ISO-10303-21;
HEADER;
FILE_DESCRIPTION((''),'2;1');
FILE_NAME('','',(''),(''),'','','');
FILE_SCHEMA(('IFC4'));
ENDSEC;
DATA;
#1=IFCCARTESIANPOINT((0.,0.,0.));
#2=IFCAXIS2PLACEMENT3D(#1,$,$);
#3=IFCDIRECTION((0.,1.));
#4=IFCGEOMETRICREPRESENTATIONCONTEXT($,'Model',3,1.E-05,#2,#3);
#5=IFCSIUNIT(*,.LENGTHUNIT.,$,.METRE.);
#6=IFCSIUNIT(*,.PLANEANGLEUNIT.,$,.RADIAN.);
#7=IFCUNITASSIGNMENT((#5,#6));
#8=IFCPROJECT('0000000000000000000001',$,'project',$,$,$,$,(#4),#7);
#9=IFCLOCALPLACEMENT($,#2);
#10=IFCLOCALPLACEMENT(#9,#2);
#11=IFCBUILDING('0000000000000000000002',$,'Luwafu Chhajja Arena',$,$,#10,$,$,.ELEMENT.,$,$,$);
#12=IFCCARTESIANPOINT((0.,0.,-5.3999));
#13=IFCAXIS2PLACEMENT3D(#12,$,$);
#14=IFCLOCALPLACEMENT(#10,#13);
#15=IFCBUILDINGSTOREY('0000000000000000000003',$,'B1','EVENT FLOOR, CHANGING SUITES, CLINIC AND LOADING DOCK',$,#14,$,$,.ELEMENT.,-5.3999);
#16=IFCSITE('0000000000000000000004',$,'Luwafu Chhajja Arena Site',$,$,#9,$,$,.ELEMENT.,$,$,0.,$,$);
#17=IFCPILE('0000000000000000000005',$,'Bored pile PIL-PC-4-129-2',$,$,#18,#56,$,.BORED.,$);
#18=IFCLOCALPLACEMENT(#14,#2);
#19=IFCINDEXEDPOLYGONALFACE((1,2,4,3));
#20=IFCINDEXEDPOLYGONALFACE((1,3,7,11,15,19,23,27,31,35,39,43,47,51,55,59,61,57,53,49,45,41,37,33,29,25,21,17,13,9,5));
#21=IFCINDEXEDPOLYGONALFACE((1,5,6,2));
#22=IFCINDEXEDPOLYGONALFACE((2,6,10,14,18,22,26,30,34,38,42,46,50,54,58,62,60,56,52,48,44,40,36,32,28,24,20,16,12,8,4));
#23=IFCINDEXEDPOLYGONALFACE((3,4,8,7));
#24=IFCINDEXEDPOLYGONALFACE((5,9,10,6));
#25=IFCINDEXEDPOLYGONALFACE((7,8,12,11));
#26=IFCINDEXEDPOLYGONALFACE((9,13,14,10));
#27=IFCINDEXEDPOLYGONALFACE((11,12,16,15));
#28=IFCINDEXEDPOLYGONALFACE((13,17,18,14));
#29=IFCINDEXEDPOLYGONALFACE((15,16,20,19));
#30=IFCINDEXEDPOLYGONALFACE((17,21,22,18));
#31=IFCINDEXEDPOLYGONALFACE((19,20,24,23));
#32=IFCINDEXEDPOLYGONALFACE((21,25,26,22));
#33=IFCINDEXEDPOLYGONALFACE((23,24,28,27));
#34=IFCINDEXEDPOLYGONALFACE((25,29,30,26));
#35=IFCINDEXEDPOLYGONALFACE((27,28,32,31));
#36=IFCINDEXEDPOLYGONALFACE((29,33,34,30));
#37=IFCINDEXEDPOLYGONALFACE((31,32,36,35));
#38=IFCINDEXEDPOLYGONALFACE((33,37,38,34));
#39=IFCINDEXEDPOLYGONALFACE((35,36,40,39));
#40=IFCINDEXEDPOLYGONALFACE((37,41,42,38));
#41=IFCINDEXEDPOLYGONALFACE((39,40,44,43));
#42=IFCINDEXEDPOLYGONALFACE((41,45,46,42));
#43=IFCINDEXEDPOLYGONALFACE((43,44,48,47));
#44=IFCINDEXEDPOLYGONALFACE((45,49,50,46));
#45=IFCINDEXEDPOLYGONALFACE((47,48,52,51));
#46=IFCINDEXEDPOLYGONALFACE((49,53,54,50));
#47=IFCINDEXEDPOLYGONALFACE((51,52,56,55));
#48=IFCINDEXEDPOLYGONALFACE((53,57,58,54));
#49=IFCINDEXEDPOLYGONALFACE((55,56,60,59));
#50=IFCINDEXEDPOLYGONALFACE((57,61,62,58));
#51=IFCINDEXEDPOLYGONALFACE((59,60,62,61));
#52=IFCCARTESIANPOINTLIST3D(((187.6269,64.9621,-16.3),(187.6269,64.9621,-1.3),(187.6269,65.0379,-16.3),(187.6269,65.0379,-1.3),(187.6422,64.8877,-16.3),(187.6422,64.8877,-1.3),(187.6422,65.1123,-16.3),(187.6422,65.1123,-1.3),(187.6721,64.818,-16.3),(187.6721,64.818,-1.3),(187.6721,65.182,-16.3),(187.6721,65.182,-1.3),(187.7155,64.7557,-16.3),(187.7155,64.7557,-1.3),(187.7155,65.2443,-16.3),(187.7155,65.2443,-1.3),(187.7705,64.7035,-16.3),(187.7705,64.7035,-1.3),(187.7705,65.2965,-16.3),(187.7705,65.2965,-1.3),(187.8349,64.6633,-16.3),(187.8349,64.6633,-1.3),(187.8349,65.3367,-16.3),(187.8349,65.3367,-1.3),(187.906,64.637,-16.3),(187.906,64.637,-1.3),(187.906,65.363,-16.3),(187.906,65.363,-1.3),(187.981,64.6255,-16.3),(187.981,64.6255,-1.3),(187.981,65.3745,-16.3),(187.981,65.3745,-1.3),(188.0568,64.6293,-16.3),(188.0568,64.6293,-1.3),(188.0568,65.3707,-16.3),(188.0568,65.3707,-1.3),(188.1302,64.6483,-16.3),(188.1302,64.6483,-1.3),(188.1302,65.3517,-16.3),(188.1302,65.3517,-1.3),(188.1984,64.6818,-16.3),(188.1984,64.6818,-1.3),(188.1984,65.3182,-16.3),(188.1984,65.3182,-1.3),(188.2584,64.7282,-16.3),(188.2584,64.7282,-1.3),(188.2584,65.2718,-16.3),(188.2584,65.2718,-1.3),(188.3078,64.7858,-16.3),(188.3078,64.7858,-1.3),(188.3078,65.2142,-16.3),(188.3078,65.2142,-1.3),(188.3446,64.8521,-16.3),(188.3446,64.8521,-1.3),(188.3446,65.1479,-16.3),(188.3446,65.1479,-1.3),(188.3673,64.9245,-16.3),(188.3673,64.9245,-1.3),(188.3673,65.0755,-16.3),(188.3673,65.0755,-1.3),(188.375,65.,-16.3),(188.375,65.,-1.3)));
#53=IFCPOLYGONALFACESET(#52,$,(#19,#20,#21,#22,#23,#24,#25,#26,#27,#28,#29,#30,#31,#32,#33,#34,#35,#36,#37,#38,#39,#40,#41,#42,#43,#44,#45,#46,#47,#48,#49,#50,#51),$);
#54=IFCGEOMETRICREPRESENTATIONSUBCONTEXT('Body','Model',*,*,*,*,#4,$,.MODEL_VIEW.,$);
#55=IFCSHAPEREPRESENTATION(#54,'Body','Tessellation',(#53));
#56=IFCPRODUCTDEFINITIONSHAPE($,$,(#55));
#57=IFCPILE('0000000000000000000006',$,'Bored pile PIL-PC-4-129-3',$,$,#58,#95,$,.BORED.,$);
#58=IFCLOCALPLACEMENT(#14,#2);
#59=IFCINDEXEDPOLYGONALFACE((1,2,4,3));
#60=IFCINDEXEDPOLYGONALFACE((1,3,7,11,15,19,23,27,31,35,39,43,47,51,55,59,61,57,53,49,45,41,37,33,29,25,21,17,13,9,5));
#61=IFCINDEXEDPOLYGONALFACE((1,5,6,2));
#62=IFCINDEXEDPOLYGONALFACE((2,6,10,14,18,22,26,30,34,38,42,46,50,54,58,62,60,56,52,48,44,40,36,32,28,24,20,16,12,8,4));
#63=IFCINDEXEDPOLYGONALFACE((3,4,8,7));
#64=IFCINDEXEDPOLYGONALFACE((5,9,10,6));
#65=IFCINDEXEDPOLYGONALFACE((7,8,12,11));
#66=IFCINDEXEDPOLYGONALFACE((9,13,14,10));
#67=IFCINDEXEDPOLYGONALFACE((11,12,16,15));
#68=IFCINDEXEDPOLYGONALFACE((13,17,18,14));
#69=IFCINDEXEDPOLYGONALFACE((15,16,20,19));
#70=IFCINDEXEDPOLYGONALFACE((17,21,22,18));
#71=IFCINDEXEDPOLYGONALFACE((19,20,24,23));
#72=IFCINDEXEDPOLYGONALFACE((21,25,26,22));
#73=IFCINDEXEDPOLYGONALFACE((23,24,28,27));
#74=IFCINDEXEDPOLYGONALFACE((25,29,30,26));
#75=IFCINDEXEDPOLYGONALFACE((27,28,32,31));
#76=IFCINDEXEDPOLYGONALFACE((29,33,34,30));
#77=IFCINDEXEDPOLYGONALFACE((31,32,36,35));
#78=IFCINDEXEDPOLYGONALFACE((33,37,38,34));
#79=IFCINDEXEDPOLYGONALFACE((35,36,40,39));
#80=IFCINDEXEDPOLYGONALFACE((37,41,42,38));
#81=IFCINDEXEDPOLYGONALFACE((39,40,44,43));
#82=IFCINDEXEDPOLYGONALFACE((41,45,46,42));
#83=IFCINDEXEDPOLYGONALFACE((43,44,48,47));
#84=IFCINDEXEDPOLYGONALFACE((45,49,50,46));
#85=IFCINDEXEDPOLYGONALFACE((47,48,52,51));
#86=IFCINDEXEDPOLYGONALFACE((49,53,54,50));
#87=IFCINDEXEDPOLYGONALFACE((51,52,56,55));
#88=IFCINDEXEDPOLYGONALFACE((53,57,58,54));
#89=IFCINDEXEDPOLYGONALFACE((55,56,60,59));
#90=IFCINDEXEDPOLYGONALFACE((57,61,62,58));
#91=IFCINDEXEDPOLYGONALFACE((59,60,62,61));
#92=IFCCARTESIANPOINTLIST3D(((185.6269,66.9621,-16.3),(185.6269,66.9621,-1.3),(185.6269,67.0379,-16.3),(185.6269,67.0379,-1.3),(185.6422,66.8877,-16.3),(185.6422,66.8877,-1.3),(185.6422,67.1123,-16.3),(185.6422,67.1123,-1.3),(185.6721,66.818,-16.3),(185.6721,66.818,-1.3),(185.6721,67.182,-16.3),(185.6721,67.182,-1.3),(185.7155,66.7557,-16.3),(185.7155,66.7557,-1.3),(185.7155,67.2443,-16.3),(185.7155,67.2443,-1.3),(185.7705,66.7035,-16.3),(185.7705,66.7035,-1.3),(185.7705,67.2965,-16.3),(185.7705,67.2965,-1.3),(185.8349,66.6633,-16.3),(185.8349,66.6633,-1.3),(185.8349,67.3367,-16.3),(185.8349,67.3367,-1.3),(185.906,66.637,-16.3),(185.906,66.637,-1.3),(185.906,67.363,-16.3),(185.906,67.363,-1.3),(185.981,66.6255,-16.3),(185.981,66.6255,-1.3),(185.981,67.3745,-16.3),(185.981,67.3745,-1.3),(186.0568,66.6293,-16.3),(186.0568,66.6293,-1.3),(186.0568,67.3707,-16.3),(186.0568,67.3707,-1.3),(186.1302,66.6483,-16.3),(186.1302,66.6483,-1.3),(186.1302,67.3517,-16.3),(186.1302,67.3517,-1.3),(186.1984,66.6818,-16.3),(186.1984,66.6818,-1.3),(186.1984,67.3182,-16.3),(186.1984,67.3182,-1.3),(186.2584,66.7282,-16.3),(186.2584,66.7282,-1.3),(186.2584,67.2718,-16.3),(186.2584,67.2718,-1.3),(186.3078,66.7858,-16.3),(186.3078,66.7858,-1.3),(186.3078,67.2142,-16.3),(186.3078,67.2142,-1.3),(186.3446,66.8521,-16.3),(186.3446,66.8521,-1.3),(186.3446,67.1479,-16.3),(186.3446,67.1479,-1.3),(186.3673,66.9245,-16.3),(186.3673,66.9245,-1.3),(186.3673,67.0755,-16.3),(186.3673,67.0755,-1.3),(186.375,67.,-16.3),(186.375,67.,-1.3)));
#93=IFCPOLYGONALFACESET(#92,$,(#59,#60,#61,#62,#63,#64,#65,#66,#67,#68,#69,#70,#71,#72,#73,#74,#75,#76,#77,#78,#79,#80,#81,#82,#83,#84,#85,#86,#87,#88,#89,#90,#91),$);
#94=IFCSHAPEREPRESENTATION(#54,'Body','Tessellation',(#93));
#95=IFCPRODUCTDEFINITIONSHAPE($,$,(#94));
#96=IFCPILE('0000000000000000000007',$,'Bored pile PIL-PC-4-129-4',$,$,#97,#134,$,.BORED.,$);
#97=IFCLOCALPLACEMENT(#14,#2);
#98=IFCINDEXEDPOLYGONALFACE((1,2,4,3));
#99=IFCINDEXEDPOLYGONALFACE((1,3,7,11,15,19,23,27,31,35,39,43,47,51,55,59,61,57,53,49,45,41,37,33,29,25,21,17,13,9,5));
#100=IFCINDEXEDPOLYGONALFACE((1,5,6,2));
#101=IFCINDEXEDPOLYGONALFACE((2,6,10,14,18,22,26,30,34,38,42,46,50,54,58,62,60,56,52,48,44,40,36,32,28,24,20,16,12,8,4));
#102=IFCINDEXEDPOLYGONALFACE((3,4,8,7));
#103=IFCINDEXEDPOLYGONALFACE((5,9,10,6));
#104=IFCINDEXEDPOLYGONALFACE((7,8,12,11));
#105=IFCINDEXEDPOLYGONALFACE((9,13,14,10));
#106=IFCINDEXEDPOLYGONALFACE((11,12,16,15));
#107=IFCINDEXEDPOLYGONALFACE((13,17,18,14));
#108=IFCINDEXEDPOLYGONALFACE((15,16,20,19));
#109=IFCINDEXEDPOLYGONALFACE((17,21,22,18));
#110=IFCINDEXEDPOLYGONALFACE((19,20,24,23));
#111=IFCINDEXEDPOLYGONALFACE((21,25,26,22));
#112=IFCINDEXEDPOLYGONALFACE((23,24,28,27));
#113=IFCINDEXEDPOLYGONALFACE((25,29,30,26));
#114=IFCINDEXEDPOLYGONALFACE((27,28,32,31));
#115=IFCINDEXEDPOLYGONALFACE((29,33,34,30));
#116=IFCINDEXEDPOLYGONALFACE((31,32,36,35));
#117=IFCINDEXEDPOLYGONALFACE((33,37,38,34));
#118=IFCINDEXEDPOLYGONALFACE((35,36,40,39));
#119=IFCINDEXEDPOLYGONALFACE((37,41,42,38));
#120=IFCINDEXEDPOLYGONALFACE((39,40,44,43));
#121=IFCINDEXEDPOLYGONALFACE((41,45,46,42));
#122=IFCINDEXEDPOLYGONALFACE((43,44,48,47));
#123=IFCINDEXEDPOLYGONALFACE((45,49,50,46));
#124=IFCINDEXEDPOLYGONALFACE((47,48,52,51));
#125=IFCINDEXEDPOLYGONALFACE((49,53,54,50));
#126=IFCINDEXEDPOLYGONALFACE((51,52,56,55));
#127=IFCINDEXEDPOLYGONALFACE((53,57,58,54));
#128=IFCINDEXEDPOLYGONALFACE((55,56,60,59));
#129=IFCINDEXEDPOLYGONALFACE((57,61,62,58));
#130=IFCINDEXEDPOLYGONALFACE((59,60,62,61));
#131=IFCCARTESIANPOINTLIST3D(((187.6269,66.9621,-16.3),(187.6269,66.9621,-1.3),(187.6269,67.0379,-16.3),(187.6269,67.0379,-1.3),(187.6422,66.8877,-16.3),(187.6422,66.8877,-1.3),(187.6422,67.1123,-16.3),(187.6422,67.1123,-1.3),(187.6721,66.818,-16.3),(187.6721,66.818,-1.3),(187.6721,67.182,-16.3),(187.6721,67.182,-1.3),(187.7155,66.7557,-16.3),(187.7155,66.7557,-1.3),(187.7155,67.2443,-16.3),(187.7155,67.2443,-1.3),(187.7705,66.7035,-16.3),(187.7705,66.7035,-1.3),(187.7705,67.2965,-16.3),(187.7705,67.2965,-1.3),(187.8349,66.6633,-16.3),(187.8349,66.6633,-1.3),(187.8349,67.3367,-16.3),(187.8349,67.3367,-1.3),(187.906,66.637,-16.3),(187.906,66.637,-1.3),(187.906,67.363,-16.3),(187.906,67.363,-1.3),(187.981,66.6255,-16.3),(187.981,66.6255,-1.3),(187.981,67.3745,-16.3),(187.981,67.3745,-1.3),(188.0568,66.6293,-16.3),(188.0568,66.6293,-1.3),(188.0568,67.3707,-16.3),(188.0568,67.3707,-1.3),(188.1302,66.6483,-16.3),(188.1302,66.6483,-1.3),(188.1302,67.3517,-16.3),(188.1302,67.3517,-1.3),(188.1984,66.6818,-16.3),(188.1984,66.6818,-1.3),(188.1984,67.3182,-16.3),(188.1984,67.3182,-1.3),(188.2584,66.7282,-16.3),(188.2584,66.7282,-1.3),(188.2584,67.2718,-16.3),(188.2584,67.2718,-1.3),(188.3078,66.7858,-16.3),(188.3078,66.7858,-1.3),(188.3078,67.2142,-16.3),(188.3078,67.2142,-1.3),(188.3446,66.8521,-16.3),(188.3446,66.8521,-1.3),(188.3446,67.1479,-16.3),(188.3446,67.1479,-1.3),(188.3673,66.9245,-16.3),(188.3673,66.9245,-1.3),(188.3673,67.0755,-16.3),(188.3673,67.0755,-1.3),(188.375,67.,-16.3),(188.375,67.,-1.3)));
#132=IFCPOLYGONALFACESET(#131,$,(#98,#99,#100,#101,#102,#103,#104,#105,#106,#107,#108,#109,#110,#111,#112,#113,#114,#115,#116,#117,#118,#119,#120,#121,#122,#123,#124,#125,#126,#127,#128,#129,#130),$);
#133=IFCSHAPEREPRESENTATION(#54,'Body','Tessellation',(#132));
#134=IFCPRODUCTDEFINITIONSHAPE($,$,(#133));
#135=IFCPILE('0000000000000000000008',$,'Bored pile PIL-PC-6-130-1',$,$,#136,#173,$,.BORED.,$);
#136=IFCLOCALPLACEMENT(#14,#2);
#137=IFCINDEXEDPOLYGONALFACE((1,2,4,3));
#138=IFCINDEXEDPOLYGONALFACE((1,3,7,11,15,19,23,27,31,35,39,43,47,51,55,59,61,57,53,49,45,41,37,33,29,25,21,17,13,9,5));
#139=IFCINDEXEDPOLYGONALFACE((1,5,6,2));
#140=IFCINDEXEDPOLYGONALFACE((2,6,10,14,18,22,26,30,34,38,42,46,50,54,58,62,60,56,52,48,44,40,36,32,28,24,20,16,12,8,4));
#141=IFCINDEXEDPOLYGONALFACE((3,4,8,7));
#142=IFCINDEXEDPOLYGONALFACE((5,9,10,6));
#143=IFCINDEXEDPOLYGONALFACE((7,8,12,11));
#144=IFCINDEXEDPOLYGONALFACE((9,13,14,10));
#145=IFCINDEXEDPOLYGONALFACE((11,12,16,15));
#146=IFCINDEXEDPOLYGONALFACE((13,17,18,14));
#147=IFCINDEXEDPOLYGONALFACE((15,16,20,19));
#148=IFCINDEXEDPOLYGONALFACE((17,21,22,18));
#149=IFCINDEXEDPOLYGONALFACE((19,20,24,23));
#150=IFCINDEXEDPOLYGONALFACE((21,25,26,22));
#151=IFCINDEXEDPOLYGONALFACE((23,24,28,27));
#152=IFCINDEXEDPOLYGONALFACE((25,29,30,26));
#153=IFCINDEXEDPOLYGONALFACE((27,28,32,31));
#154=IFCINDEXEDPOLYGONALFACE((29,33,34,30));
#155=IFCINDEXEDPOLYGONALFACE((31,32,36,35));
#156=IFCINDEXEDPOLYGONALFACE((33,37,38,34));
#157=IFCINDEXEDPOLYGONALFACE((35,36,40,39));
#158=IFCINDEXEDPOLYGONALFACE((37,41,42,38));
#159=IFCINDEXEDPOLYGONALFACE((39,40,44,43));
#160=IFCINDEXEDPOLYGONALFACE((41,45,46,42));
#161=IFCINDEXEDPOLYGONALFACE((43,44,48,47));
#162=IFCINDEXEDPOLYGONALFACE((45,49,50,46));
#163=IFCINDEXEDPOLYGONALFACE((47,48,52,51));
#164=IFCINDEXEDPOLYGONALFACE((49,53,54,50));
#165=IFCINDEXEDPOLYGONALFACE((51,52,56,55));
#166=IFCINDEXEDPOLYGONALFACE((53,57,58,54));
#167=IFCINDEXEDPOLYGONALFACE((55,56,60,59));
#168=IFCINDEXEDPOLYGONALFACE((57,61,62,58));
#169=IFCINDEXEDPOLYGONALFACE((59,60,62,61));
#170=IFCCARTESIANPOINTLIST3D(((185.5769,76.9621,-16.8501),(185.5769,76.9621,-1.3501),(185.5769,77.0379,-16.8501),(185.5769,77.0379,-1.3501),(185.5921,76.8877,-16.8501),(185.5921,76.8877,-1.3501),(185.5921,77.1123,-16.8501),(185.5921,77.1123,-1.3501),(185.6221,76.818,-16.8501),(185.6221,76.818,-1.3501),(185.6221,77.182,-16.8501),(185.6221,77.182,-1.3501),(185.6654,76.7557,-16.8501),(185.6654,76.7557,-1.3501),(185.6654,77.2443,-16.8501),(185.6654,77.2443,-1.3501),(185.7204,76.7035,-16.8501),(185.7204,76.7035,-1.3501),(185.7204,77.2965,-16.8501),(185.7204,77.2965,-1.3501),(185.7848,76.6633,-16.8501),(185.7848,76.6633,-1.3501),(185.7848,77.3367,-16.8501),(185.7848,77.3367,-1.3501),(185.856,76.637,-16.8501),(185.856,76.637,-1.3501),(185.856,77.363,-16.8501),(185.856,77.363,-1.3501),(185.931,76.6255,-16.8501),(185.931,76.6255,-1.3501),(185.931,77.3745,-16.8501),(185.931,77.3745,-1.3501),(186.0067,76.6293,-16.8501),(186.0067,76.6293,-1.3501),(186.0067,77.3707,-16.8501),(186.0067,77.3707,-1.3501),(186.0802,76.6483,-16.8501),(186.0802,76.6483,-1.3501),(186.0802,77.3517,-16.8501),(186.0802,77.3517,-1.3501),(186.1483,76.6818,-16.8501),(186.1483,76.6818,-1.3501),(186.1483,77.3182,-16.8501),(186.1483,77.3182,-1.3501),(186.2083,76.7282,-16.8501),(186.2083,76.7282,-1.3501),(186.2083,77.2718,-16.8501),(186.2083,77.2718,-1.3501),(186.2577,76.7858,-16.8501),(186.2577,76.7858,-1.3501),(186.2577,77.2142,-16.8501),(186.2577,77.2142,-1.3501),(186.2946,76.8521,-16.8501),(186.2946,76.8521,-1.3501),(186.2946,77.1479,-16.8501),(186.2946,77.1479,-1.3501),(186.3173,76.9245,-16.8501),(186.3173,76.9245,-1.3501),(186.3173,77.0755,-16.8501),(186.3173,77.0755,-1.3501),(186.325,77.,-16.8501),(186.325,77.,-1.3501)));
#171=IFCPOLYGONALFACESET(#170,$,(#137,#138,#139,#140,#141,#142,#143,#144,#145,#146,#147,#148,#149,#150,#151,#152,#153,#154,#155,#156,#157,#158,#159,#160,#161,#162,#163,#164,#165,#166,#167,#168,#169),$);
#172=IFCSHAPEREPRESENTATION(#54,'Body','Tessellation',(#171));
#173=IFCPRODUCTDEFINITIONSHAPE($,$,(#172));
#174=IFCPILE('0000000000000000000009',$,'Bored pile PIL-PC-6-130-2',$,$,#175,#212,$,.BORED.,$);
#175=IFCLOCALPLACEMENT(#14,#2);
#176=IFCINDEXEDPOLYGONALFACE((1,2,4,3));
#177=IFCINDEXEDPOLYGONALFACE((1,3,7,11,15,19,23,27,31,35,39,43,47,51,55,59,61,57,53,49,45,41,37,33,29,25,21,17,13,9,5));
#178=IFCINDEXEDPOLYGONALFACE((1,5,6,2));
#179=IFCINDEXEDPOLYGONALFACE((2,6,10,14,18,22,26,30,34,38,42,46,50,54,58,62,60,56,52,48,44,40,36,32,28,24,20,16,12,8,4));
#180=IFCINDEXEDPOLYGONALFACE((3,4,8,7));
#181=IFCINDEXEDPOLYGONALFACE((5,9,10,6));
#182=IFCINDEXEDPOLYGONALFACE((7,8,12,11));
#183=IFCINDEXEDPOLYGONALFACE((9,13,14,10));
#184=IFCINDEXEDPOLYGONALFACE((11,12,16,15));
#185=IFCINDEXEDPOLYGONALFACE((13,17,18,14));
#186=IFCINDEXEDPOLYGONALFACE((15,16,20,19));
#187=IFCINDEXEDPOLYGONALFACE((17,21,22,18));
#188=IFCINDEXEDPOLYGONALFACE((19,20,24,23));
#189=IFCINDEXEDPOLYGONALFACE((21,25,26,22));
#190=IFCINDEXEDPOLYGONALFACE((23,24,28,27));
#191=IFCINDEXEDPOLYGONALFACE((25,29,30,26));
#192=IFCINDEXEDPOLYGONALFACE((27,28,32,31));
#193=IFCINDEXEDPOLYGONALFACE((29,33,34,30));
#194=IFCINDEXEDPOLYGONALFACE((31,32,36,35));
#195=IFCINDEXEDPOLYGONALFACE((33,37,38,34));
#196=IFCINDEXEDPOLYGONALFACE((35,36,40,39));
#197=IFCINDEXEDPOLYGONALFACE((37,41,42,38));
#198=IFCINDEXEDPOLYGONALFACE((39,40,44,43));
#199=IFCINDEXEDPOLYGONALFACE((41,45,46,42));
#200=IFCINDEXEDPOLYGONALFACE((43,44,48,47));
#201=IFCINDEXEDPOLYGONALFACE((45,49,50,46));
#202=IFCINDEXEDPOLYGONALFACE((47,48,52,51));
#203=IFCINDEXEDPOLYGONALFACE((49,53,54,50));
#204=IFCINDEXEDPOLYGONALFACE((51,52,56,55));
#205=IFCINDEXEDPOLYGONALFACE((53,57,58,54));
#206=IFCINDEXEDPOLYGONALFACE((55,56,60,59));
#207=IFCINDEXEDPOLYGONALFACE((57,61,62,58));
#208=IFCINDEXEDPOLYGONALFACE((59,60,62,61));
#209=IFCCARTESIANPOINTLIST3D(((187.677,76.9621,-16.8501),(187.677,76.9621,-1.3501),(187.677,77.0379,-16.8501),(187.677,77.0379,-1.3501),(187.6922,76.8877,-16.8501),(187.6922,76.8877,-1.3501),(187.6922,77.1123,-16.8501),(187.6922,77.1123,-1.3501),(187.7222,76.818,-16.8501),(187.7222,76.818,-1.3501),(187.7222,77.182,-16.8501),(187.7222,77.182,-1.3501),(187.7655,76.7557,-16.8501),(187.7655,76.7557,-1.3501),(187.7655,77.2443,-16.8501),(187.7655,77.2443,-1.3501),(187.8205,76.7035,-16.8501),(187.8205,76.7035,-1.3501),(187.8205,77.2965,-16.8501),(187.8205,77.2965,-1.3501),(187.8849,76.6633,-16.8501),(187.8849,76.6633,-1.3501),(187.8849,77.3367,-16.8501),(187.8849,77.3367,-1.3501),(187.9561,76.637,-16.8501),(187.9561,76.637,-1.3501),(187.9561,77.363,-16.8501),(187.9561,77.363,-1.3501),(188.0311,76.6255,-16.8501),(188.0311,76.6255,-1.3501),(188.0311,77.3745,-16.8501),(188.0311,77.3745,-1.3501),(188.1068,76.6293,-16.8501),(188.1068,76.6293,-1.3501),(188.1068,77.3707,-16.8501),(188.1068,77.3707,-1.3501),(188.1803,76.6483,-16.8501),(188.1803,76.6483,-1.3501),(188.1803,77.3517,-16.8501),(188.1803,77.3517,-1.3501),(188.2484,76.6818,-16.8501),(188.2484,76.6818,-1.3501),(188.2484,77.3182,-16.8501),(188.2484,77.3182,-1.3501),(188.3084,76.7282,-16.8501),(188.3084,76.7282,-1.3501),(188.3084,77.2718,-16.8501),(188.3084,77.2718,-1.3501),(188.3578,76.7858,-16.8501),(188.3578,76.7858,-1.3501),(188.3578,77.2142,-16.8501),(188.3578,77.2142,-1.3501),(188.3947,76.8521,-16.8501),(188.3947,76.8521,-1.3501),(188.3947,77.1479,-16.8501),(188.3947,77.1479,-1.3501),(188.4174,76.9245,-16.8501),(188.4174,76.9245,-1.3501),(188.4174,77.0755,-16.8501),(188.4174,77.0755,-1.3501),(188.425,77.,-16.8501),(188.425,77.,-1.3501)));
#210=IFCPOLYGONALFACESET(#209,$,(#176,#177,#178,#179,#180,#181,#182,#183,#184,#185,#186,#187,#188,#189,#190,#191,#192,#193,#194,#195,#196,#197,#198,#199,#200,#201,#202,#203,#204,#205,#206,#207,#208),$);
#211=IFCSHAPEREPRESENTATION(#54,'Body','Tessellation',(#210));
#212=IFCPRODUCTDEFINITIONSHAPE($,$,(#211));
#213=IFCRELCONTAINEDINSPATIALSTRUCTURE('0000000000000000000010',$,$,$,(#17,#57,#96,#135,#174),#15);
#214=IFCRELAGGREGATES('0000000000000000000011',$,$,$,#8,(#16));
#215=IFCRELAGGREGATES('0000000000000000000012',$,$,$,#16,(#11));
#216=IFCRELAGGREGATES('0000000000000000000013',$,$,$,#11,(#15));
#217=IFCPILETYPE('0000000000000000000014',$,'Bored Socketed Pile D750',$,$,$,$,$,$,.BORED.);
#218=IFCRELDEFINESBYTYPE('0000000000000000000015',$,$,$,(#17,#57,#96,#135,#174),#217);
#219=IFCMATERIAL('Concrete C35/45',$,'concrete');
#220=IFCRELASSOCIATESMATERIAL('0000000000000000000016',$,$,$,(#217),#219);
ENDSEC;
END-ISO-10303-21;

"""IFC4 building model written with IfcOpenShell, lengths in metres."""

from ifc_helpers import new_model, si_unit, direction, frame, origin, origin_2d, place, context, subcontext, project, spatial, circle, extrude, material, material_profile, profile_set, type_object, element, save


model = new_model("IFC4")

# Units and contexts
model_context = context("Model", 3, precision=1e-05, world=origin(), true_north=direction((0.0, 1.0)))
body_context = subcontext(model_context, "Body", "Model", "MODEL_VIEW")
ifc_project = project(units=[si_unit("LENGTHUNIT", "METRE"), si_unit("PLANEANGLEUNIT", "RADIAN")], contexts=[model_context])

# Site, building, storey
site_placement = place(None, origin())
site = spatial("IfcSite", under=ifc_project, at=site_placement, Name="Luwafu Chhajja Arena Site", CompositionType="ELEMENT", RefElevation=0.0)
building_placement = place(site_placement, origin())
building = spatial("IfcBuilding", under=site, at=building_placement, Name="Luwafu Chhajja Arena", CompositionType="ELEMENT")
storey_placement = place(building_placement, frame((0.0, 0.0, -5.3999)))
storey = spatial("IfcBuildingStorey", under=building, at=storey_placement, Name="B1", Description="EVENT FLOOR, CHANGING SUITES, CLINIC AND LOADING DOCK", CompositionType="ELEMENT", Elevation=-5.3999)

# Shared definitions
ifc_material_1 = material(Name="Concrete C35/45", Category="concrete")

# Piles
ifc_material_profile_1 = material_profile(ifc_material_1, circle(Radius=0.375, at=origin_2d()), Name="PILE D750")
ifc_profile_set_1 = profile_set([ifc_material_profile_1], Name="Concrete C35/45")
pile_type_1 = type_object("IfcPileType", Name="Bored Socketed Pile D750", PredefinedType="BORED", material=ifc_profile_set_1)
for number, where, z_axis, x_axis, name in (
    (1, (188.0, 65.0, -1.3), (0.0, 0.0, -1.0), (1.0, 0.0, 0.0), "Bored pile PIL-PC-4-129-2"),
    (2, (186.0, 67.0, -1.3), (0.0, 0.0, -1.0), (1.0, 0.0, 0.0), "Bored pile PIL-PC-4-129-3"),
    (3, (188.0, 67.0, -1.3), (0.0, 0.0, -1.0), (1.0, 0.0, 0.0), "Bored pile PIL-PC-4-129-4"),
):
    element("IfcPile", number, at=place(storey_placement, frame(where, z_axis=z_axis, x_axis=x_axis)), inside=storey, type_object=pile_type_1, Name=name, PredefinedType="BORED", context=body_context, shape_type="SweptSolid", body=[
        extrude(circle(Radius=0.375, at=origin_2d()), origin(), (0.0, 0.0, 1.0), 15.0),
    ])
for number, where, z_axis, x_axis, name in (
    (4, (185.95, 77.0, -1.3501), (0.0, 0.0, -1.0), (1.0, 0.0, 0.0), "Bored pile PIL-PC-6-130-1"),
    (5, (188.05, 77.0, -1.3501), (0.0, 0.0, -1.0), (1.0, 0.0, 0.0), "Bored pile PIL-PC-6-130-2"),
):
    element("IfcPile", number, at=place(storey_placement, frame(where, z_axis=z_axis, x_axis=x_axis)), inside=storey, type_object=pile_type_1, Name=name, PredefinedType="BORED", context=body_context, shape_type="SweptSolid", body=[
        extrude(circle(Radius=0.375, at=origin_2d()), origin(), (0.0, 0.0, 1.0), 15.5),
    ])

save(model, "model.ifc")
